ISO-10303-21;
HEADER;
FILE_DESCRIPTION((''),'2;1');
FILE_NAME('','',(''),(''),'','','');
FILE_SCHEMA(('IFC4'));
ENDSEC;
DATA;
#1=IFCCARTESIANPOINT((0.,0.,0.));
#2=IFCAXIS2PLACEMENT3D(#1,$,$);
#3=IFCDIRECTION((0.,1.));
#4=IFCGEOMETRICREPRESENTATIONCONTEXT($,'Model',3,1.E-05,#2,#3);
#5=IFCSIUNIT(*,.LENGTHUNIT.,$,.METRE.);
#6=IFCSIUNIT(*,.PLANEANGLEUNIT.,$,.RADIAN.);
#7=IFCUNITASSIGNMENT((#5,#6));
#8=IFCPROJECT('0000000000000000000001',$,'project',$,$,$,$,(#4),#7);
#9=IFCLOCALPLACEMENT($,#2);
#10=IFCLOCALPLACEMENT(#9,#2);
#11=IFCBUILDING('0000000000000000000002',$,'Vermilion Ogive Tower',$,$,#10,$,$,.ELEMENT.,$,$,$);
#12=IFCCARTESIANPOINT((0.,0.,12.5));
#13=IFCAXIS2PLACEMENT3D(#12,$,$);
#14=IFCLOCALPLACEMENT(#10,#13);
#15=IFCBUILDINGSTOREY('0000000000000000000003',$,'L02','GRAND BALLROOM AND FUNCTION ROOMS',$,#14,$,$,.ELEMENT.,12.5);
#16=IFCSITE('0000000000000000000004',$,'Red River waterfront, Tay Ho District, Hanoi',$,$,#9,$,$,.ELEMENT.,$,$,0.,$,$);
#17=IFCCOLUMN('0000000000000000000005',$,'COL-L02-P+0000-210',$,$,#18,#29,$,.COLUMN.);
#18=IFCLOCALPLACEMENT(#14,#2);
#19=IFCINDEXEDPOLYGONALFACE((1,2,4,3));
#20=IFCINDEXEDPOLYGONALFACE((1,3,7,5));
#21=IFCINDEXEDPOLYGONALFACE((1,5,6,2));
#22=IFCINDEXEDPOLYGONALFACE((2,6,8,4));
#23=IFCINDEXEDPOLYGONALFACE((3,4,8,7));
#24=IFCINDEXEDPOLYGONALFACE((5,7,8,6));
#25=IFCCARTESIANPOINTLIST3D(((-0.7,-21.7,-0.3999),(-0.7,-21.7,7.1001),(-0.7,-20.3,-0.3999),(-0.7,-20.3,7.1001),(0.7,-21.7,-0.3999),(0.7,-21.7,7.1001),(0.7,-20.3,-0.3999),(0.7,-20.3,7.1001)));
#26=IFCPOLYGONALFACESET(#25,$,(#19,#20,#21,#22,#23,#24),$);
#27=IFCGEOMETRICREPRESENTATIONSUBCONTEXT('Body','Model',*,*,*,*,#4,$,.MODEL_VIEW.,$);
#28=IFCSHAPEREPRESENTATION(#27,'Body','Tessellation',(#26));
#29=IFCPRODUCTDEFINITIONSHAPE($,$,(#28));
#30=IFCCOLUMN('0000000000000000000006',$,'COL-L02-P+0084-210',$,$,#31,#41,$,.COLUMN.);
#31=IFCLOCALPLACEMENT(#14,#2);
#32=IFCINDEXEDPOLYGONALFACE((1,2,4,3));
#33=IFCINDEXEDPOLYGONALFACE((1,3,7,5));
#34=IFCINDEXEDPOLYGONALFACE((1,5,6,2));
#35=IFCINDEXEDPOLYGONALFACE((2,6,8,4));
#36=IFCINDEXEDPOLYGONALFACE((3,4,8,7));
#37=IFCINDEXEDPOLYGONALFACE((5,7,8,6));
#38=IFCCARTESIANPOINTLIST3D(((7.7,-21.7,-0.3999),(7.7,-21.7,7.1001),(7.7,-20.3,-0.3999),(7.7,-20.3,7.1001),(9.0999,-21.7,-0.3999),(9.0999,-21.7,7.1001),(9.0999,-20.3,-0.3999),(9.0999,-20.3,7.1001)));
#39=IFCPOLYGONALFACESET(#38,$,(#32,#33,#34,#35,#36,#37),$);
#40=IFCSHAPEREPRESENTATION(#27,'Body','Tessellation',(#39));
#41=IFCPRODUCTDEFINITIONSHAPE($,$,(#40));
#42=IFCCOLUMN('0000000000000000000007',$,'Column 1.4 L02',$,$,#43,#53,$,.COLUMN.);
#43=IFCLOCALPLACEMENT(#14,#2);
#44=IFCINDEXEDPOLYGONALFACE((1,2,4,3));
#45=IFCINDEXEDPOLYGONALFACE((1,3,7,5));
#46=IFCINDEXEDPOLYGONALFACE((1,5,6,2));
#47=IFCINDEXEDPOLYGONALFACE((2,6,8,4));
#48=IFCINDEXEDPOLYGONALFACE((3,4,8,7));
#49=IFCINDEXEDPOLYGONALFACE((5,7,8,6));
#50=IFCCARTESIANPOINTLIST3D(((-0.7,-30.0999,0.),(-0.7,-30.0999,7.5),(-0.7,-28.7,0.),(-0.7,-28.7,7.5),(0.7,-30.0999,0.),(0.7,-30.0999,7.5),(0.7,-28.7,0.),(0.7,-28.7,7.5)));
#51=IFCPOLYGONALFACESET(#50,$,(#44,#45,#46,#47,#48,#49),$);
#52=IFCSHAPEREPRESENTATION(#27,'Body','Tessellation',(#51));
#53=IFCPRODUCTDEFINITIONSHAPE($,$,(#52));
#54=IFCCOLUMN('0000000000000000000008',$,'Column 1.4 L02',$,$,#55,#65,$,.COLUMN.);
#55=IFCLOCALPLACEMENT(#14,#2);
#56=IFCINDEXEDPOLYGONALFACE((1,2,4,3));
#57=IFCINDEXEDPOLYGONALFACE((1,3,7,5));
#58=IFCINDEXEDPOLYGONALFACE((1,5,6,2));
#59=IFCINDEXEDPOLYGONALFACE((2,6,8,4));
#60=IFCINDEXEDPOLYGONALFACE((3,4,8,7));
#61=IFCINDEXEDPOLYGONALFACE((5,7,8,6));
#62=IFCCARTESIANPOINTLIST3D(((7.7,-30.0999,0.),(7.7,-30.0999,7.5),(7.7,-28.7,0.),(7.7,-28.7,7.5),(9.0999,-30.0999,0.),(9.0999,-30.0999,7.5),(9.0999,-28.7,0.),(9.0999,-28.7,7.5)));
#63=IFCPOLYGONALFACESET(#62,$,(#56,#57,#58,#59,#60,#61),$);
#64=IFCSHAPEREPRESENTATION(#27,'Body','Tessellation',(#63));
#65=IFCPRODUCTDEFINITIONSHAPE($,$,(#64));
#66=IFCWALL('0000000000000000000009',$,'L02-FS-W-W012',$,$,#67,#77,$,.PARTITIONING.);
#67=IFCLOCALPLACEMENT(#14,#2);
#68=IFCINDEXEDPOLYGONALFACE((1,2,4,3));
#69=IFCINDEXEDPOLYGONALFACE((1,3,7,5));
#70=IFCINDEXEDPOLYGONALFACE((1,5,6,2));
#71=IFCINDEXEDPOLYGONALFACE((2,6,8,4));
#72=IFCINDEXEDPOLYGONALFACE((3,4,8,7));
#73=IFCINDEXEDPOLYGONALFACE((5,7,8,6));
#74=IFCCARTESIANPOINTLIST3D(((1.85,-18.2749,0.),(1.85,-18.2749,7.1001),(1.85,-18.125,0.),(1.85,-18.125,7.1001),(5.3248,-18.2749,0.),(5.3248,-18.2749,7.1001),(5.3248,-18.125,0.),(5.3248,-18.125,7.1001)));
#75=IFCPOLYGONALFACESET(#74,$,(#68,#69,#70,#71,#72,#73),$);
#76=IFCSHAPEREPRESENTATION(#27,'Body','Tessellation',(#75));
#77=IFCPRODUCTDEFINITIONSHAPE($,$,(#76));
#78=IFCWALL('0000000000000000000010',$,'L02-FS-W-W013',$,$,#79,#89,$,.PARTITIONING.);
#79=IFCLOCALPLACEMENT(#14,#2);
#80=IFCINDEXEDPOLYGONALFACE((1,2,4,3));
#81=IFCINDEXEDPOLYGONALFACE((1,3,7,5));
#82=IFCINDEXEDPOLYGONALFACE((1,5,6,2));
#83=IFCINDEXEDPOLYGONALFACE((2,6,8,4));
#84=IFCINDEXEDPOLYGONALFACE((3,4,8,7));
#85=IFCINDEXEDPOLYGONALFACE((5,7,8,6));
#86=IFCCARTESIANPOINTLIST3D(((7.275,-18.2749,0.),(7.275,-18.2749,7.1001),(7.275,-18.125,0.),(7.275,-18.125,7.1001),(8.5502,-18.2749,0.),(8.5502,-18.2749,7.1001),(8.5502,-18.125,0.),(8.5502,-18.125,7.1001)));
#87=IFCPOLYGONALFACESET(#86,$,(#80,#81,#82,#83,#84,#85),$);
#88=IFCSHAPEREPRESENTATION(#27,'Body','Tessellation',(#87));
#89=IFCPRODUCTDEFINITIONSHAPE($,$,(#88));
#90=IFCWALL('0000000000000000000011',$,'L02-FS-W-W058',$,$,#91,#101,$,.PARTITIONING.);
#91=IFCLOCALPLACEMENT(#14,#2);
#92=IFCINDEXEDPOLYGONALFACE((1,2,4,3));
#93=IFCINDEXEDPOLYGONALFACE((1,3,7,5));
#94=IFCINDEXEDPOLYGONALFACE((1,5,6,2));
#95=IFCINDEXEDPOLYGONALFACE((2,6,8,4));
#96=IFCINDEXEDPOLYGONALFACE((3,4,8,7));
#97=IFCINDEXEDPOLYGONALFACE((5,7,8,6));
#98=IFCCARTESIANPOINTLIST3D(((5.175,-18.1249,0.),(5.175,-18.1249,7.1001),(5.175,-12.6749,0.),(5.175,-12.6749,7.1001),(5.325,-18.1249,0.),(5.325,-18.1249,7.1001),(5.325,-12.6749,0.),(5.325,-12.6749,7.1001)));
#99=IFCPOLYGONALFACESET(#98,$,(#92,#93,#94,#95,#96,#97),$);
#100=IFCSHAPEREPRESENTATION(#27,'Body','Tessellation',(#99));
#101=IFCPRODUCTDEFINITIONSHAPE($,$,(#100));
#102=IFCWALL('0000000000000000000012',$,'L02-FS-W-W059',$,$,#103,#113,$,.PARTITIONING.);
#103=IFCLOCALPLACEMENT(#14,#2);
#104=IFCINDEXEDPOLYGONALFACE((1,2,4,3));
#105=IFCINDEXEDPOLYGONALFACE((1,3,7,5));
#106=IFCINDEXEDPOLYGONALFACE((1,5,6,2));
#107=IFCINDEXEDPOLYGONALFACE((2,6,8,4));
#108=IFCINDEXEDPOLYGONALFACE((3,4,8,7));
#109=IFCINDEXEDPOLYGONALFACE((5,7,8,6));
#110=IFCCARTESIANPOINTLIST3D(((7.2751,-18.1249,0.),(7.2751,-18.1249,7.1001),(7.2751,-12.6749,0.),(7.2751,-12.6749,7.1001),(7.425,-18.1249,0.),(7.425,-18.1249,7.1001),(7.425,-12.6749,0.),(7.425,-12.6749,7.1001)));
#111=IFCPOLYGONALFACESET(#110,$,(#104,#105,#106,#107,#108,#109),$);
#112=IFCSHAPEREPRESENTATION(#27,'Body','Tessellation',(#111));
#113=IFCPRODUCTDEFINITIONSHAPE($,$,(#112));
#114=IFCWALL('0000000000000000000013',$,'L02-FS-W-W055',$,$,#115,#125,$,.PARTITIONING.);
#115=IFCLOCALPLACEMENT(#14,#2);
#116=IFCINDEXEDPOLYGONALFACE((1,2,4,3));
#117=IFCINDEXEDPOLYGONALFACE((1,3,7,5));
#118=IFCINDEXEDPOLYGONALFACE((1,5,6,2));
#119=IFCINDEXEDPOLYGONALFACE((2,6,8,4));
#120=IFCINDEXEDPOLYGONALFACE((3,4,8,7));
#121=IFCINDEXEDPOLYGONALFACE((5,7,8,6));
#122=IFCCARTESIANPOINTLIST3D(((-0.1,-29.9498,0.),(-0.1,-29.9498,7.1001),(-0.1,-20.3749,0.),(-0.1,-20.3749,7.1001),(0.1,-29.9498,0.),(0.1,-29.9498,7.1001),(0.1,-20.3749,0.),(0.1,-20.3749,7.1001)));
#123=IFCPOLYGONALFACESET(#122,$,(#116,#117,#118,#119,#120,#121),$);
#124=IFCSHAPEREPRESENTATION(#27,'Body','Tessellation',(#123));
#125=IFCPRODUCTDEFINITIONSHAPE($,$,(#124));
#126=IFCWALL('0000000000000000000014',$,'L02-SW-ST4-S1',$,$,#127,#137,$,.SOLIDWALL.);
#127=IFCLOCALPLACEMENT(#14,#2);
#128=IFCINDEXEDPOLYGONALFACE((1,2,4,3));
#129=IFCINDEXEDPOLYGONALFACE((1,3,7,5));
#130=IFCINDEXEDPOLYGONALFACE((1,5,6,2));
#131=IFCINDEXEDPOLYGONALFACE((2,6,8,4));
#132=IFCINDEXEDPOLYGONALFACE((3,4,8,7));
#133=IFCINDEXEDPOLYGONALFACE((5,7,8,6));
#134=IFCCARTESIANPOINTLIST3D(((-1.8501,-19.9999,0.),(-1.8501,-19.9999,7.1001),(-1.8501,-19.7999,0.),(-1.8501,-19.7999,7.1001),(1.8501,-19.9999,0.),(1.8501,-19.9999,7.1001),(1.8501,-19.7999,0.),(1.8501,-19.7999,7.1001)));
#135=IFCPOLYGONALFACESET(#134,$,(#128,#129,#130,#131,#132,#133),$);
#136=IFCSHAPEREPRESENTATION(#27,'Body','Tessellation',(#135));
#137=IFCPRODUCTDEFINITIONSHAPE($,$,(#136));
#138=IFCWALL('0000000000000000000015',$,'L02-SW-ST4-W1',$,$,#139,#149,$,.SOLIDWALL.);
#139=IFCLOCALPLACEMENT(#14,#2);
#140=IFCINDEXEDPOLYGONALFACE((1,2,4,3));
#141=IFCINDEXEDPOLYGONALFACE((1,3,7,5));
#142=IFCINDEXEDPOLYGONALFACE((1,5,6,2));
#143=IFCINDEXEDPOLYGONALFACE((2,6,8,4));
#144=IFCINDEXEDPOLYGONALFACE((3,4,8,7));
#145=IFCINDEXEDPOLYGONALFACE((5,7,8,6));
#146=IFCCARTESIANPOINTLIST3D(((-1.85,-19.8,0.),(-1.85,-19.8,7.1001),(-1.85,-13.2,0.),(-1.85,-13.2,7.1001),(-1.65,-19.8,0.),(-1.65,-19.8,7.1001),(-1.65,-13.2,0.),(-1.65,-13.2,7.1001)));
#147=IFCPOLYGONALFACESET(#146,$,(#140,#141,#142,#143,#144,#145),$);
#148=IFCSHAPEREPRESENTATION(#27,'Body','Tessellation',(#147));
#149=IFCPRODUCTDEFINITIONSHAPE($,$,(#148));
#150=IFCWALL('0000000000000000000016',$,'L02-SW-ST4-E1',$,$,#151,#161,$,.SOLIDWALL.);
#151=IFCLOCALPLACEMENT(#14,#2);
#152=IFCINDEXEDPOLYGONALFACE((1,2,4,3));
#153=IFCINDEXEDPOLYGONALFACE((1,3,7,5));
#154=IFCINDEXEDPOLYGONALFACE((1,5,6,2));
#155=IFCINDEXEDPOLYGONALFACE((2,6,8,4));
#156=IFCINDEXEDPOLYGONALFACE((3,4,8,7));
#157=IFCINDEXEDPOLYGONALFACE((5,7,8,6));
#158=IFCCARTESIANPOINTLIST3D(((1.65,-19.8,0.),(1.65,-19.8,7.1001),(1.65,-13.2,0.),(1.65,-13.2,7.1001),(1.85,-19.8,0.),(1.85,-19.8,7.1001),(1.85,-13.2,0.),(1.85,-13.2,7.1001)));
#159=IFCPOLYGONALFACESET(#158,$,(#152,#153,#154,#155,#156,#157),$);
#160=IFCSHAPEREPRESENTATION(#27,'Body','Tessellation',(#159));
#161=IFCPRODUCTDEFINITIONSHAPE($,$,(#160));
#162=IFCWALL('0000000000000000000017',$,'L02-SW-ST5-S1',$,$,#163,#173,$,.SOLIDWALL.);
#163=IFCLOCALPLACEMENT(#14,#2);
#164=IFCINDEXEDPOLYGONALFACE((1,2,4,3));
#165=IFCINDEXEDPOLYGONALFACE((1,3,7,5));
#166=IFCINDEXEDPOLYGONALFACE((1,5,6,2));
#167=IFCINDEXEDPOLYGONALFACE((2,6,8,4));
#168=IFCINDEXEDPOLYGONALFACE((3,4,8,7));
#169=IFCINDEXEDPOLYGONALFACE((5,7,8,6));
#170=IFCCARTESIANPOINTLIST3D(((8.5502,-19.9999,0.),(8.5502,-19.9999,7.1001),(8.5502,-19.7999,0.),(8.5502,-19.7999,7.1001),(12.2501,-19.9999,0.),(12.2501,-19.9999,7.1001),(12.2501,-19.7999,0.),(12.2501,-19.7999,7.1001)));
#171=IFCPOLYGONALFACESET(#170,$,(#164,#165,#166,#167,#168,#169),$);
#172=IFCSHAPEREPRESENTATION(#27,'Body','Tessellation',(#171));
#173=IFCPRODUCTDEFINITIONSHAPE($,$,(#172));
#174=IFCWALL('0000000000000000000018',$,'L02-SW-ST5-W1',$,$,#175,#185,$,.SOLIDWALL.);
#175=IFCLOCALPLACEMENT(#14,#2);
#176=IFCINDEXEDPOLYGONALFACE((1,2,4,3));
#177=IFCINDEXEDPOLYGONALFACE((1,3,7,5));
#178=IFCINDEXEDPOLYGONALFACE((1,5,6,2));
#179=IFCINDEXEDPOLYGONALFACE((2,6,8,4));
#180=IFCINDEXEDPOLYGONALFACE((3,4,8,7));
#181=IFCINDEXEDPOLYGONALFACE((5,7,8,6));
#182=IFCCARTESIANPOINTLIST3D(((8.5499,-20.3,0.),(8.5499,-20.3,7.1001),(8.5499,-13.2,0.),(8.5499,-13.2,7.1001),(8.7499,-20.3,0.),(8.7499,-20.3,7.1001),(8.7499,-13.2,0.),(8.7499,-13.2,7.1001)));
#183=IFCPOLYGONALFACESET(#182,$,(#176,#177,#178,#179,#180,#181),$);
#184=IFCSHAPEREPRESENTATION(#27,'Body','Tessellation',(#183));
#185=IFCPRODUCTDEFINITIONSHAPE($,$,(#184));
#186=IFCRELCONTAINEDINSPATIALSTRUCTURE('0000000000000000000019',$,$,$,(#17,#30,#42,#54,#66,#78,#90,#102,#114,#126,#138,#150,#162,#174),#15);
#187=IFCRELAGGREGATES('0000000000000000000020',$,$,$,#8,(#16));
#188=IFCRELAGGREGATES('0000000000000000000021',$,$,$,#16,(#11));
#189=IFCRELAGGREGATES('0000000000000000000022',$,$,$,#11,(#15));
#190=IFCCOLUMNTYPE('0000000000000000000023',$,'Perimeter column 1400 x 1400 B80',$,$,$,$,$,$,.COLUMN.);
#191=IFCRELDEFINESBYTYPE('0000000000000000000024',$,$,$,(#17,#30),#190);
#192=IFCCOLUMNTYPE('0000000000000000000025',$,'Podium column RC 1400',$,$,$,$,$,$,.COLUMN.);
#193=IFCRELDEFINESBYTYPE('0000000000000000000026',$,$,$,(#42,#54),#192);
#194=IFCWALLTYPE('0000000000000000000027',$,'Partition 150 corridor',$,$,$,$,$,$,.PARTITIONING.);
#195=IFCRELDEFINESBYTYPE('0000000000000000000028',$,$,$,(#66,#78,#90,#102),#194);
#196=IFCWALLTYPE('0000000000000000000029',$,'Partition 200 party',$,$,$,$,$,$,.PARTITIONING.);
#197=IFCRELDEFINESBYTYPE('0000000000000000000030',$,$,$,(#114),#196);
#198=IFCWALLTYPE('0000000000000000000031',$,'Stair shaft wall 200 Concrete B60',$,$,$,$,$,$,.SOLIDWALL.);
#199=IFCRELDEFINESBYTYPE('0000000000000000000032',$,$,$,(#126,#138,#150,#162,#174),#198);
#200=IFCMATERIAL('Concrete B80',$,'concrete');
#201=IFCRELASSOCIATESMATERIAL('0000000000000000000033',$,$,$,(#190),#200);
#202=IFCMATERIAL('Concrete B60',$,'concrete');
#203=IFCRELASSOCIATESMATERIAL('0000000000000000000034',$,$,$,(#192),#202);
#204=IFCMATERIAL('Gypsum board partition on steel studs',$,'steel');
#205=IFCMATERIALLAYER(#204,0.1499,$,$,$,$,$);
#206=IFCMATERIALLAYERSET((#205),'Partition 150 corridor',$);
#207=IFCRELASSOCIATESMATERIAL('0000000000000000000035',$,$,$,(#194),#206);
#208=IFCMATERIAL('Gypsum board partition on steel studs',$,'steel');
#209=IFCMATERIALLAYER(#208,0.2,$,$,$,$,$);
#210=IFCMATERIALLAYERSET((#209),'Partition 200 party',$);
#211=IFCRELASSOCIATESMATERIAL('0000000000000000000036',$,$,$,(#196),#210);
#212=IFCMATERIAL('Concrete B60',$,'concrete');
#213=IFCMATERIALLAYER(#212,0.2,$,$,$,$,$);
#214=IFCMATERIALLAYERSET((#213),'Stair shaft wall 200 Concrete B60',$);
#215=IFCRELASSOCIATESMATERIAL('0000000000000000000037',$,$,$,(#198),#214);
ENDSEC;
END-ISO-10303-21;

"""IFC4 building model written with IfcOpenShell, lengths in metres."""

from ifc_helpers import new_model, si_unit, direction, frame, frame_2d, origin, origin_2d, place, context, subcontext, project, spatial, rectangle, extrude, material, layer, layer_set, material_profile, profile_set, type_object, element, save


model = new_model("IFC4")

# Units and contexts
model_context = context("Model", 3, precision=1e-05, world=origin(), true_north=direction((0.0, 1.0)))
body_context = subcontext(model_context, "Body", "Model", "MODEL_VIEW")
ifc_project = project(units=[si_unit("LENGTHUNIT", "METRE"), si_unit("PLANEANGLEUNIT", "RADIAN")], contexts=[model_context])

# Site, building, storey
site_placement = place(None, origin())
site = spatial("IfcSite", under=ifc_project, at=site_placement, Name="Red River waterfront, Tay Ho District, Hanoi", CompositionType="ELEMENT", RefElevation=0.0)
building_placement = place(site_placement, origin())
building = spatial("IfcBuilding", under=site, at=building_placement, Name="Vermilion Ogive Tower", CompositionType="ELEMENT")
storey_placement = place(building_placement, frame((0.0, 0.0, 12.5)))
storey = spatial("IfcBuildingStorey", under=building, at=storey_placement, Name="L02", Description="GRAND BALLROOM AND FUNCTION ROOMS", CompositionType="ELEMENT", Elevation=12.5)

# Columns
ifc_material_1 = material(Name="Concrete B80", Category="concrete")
ifc_material_profile_1 = material_profile(ifc_material_1, rectangle(XDim=1.3999, YDim=1.3999, at=origin_2d()), Name="1400 x 1400")
ifc_profile_set_1 = profile_set([ifc_material_profile_1], Name="Concrete B80")
column_type_1 = type_object("IfcColumnType", Name="Perimeter column 1400 x 1400 B80", PredefinedType="COLUMN", material=ifc_profile_set_1)
for number, where, z_axis, x_axis, name in (
    (1, (0.0, -21.0, -0.3999), (0.0, 0.0, 1.0), (1.0, 0.0, 0.0), "COL-L02-P+0000-210"),
    (2, (8.3999, -21.0, -0.3999), (0.0, 0.0, 1.0), (1.0, 0.0, 0.0), "COL-L02-P+0084-210"),
):
    element("IfcColumn", number, at=place(storey_placement, frame(where, z_axis=z_axis, x_axis=x_axis)), inside=storey, type_object=column_type_1, Name=name, PredefinedType="COLUMN", context=body_context, shape_type="SweptSolid", body=[
        extrude(rectangle(XDim=1.3999, YDim=1.3999, at=origin_2d()), origin(), (0.0, 0.0, 1.0), 7.5),
    ])
ifc_material_2 = material(Name="Concrete B60", Category="concrete")
ifc_material_profile_2 = material_profile(ifc_material_2, rectangle(XDim=1.3999, YDim=1.3999, at=origin_2d()), Name="RC 1400x1400")
ifc_profile_set_2 = profile_set([ifc_material_profile_2], Name="Concrete B60")
column_type_2 = type_object("IfcColumnType", Name="Podium column RC 1400", PredefinedType="COLUMN", material=ifc_profile_set_2)
for number, where, z_axis, x_axis, name in (
    (3, (0.0, -29.3999, 0.0), (0.0, 0.0, 1.0), (1.0, 0.0, 0.0), "Column 1.4 L02"),
    (4, (8.3999, -29.3999, 0.0), (0.0, 0.0, 1.0), (1.0, 0.0, 0.0), "Column 1.4 L02"),
):
    element("IfcColumn", number, at=place(storey_placement, frame(where, z_axis=z_axis, x_axis=x_axis)), inside=storey, type_object=column_type_2, Name=name, PredefinedType="COLUMN", context=body_context, shape_type="SweptSolid", body=[
        extrude(rectangle(XDim=1.3999, YDim=1.3999, at=origin_2d()), origin(), (0.0, 0.0, 1.0), 7.5),
    ])

# Walls
ifc_material_3 = material(Name="Gypsum board partition on steel studs", Category="steel")
ifc_layer_1 = layer(ifc_material_3, 0.1499)
ifc_layer_set_1 = layer_set([ifc_layer_1], Name="Partition 150 corridor")
wall_type_1 = type_object("IfcWallType", Name="Partition 150 corridor", PredefinedType="PARTITIONING", material=ifc_layer_set_1)
wall_1_placement = place(storey_placement, frame((1.8501, -18.2, 0.0), z_axis=(0.0, 0.0, 1.0), x_axis=(1.0, 0.0, 0.0)))
element("IfcWall", 5, at=wall_1_placement, inside=storey, type_object=wall_type_1, Name="L02-FS-W-W012", PredefinedType="PARTITIONING", context=body_context, shape_type="SweptSolid", body=[
    extrude(rectangle(XDim=3.4749, YDim=0.1499, at=frame_2d((1.7373, 0.0))), origin(), (0.0, 0.0, 1.0), 7.1001),
])
wall_2_placement = place(storey_placement, frame((7.2749, -18.2, 0.0), z_axis=(0.0, 0.0, 1.0), x_axis=(1.0, 0.0, 0.0)))
element("IfcWall", 6, at=wall_2_placement, inside=storey, type_object=wall_type_1, Name="L02-FS-W-W013", PredefinedType="PARTITIONING", context=body_context, shape_type="SweptSolid", body=[
    extrude(rectangle(XDim=1.2751, YDim=0.1499, at=frame_2d((0.6377, 0.0))), origin(), (0.0, 0.0, 1.0), 7.1001),
])
for number, where, z_axis, x_axis, name in (
    (7, (5.25, -18.125, 0.0), (0.0, 0.0, 1.0), (0.0, 1.0, 0.0), "L02-FS-W-W058"),
    (8, (7.3501, -18.125, 0.0), (0.0, 0.0, 1.0), (0.0, 1.0, 0.0), "L02-FS-W-W059"),
):
    element("IfcWall", number, at=place(storey_placement, frame(where, z_axis=z_axis, x_axis=x_axis)), inside=storey, type_object=wall_type_1, Name=name, PredefinedType="PARTITIONING", context=body_context, shape_type="SweptSolid", body=[
        extrude(rectangle(XDim=5.45, YDim=0.1499, at=frame_2d((2.7251, 0.0))), origin(), (0.0, 0.0, 1.0), 7.1001),
    ])
ifc_material_4 = material(Name="Gypsum board partition on steel studs", Category="steel")
ifc_layer_2 = layer(ifc_material_4, 0.2)
ifc_layer_set_2 = layer_set([ifc_layer_2], Name="Partition 200 party")
wall_type_2 = type_object("IfcWallType", Name="Partition 200 party", PredefinedType="PARTITIONING", material=ifc_layer_set_2)
wall_3_placement = place(storey_placement, frame((0.0, -29.95, 0.0), z_axis=(0.0, 0.0, 1.0), x_axis=(0.0, 1.0, 0.0)))
element("IfcWall", 9, at=wall_3_placement, inside=storey, type_object=wall_type_2, Name="L02-FS-W-W055", PredefinedType="PARTITIONING", context=body_context, shape_type="SweptSolid", body=[
    extrude(rectangle(XDim=9.575, YDim=0.2, at=frame_2d((4.7876, 0.0))), origin(), (0.0, 0.0, 1.0), 7.1001),
])
ifc_material_5 = material(Name="Concrete B60", Category="concrete")
ifc_layer_3 = layer(ifc_material_5, 0.2)
ifc_layer_set_3 = layer_set([ifc_layer_3], Name="Stair shaft wall 200 Concrete B60")
wall_type_3 = type_object("IfcWallType", Name="Stair shaft wall 200 Concrete B60", PredefinedType="SOLIDWALL", material=ifc_layer_set_3)
wall_4_placement = place(storey_placement, frame((-1.8501, -19.8999, 0.0), z_axis=(0.0, 0.0, 1.0), x_axis=(1.0, 0.0, 0.0)))
element("IfcWall", 10, at=wall_4_placement, inside=storey, type_object=wall_type_3, Name="L02-SW-ST4-S1", PredefinedType="SOLIDWALL", context=body_context, shape_type="SweptSolid", body=[
    extrude(rectangle(XDim=3.7002, YDim=0.2, at=frame_2d((1.8501, 0.0))), origin(), (0.0, 0.0, 1.0), 7.1001),
])
for number, where, z_axis, x_axis, name in (
    (11, (-1.75, -19.8, 0.0), (0.0, 0.0, 1.0), (0.0, 1.0, 0.0), "L02-SW-ST4-W1"),
    (12, (1.75, -19.8, 0.0), (0.0, 0.0, 1.0), (0.0, 1.0, 0.0), "L02-SW-ST4-E1"),
):
    element("IfcWall", number, at=place(storey_placement, frame(where, z_axis=z_axis, x_axis=x_axis)), inside=storey, type_object=wall_type_3, Name=name, PredefinedType="SOLIDWALL", context=body_context, shape_type="SweptSolid", body=[
        extrude(rectangle(XDim=6.6001, YDim=0.2, at=frame_2d((3.3, 0.0))), origin(), (0.0, 0.0, 1.0), 7.1001),
    ])
wall_5_placement = place(storey_placement, frame((8.55, -19.8999, 0.0), z_axis=(0.0, 0.0, 1.0), x_axis=(1.0, 0.0, 0.0)))
element("IfcWall", 13, at=wall_5_placement, inside=storey, type_object=wall_type_3, Name="L02-SW-ST5-S1", PredefinedType="SOLIDWALL", context=body_context, shape_type="SweptSolid", body=[
    extrude(rectangle(XDim=3.7, YDim=0.2, at=frame_2d((1.8501, 0.0))), origin(), (0.0, 0.0, 1.0), 7.1001),
])
wall_6_placement = place(storey_placement, frame((8.6499, -20.3, 0.0), z_axis=(0.0, 0.0, 1.0), x_axis=(0.0, 1.0, 0.0)))
element("IfcWall", 14, at=wall_6_placement, inside=storey, type_object=wall_type_3, Name="L02-SW-ST5-W1", PredefinedType="SOLIDWALL", context=body_context, shape_type="SweptSolid", body=[
    extrude(rectangle(XDim=7.1001, YDim=0.2, at=frame_2d((3.55, 0.0))), origin(), (0.0, 0.0, 1.0), 7.1001),
])

save(model, "model.ifc")
